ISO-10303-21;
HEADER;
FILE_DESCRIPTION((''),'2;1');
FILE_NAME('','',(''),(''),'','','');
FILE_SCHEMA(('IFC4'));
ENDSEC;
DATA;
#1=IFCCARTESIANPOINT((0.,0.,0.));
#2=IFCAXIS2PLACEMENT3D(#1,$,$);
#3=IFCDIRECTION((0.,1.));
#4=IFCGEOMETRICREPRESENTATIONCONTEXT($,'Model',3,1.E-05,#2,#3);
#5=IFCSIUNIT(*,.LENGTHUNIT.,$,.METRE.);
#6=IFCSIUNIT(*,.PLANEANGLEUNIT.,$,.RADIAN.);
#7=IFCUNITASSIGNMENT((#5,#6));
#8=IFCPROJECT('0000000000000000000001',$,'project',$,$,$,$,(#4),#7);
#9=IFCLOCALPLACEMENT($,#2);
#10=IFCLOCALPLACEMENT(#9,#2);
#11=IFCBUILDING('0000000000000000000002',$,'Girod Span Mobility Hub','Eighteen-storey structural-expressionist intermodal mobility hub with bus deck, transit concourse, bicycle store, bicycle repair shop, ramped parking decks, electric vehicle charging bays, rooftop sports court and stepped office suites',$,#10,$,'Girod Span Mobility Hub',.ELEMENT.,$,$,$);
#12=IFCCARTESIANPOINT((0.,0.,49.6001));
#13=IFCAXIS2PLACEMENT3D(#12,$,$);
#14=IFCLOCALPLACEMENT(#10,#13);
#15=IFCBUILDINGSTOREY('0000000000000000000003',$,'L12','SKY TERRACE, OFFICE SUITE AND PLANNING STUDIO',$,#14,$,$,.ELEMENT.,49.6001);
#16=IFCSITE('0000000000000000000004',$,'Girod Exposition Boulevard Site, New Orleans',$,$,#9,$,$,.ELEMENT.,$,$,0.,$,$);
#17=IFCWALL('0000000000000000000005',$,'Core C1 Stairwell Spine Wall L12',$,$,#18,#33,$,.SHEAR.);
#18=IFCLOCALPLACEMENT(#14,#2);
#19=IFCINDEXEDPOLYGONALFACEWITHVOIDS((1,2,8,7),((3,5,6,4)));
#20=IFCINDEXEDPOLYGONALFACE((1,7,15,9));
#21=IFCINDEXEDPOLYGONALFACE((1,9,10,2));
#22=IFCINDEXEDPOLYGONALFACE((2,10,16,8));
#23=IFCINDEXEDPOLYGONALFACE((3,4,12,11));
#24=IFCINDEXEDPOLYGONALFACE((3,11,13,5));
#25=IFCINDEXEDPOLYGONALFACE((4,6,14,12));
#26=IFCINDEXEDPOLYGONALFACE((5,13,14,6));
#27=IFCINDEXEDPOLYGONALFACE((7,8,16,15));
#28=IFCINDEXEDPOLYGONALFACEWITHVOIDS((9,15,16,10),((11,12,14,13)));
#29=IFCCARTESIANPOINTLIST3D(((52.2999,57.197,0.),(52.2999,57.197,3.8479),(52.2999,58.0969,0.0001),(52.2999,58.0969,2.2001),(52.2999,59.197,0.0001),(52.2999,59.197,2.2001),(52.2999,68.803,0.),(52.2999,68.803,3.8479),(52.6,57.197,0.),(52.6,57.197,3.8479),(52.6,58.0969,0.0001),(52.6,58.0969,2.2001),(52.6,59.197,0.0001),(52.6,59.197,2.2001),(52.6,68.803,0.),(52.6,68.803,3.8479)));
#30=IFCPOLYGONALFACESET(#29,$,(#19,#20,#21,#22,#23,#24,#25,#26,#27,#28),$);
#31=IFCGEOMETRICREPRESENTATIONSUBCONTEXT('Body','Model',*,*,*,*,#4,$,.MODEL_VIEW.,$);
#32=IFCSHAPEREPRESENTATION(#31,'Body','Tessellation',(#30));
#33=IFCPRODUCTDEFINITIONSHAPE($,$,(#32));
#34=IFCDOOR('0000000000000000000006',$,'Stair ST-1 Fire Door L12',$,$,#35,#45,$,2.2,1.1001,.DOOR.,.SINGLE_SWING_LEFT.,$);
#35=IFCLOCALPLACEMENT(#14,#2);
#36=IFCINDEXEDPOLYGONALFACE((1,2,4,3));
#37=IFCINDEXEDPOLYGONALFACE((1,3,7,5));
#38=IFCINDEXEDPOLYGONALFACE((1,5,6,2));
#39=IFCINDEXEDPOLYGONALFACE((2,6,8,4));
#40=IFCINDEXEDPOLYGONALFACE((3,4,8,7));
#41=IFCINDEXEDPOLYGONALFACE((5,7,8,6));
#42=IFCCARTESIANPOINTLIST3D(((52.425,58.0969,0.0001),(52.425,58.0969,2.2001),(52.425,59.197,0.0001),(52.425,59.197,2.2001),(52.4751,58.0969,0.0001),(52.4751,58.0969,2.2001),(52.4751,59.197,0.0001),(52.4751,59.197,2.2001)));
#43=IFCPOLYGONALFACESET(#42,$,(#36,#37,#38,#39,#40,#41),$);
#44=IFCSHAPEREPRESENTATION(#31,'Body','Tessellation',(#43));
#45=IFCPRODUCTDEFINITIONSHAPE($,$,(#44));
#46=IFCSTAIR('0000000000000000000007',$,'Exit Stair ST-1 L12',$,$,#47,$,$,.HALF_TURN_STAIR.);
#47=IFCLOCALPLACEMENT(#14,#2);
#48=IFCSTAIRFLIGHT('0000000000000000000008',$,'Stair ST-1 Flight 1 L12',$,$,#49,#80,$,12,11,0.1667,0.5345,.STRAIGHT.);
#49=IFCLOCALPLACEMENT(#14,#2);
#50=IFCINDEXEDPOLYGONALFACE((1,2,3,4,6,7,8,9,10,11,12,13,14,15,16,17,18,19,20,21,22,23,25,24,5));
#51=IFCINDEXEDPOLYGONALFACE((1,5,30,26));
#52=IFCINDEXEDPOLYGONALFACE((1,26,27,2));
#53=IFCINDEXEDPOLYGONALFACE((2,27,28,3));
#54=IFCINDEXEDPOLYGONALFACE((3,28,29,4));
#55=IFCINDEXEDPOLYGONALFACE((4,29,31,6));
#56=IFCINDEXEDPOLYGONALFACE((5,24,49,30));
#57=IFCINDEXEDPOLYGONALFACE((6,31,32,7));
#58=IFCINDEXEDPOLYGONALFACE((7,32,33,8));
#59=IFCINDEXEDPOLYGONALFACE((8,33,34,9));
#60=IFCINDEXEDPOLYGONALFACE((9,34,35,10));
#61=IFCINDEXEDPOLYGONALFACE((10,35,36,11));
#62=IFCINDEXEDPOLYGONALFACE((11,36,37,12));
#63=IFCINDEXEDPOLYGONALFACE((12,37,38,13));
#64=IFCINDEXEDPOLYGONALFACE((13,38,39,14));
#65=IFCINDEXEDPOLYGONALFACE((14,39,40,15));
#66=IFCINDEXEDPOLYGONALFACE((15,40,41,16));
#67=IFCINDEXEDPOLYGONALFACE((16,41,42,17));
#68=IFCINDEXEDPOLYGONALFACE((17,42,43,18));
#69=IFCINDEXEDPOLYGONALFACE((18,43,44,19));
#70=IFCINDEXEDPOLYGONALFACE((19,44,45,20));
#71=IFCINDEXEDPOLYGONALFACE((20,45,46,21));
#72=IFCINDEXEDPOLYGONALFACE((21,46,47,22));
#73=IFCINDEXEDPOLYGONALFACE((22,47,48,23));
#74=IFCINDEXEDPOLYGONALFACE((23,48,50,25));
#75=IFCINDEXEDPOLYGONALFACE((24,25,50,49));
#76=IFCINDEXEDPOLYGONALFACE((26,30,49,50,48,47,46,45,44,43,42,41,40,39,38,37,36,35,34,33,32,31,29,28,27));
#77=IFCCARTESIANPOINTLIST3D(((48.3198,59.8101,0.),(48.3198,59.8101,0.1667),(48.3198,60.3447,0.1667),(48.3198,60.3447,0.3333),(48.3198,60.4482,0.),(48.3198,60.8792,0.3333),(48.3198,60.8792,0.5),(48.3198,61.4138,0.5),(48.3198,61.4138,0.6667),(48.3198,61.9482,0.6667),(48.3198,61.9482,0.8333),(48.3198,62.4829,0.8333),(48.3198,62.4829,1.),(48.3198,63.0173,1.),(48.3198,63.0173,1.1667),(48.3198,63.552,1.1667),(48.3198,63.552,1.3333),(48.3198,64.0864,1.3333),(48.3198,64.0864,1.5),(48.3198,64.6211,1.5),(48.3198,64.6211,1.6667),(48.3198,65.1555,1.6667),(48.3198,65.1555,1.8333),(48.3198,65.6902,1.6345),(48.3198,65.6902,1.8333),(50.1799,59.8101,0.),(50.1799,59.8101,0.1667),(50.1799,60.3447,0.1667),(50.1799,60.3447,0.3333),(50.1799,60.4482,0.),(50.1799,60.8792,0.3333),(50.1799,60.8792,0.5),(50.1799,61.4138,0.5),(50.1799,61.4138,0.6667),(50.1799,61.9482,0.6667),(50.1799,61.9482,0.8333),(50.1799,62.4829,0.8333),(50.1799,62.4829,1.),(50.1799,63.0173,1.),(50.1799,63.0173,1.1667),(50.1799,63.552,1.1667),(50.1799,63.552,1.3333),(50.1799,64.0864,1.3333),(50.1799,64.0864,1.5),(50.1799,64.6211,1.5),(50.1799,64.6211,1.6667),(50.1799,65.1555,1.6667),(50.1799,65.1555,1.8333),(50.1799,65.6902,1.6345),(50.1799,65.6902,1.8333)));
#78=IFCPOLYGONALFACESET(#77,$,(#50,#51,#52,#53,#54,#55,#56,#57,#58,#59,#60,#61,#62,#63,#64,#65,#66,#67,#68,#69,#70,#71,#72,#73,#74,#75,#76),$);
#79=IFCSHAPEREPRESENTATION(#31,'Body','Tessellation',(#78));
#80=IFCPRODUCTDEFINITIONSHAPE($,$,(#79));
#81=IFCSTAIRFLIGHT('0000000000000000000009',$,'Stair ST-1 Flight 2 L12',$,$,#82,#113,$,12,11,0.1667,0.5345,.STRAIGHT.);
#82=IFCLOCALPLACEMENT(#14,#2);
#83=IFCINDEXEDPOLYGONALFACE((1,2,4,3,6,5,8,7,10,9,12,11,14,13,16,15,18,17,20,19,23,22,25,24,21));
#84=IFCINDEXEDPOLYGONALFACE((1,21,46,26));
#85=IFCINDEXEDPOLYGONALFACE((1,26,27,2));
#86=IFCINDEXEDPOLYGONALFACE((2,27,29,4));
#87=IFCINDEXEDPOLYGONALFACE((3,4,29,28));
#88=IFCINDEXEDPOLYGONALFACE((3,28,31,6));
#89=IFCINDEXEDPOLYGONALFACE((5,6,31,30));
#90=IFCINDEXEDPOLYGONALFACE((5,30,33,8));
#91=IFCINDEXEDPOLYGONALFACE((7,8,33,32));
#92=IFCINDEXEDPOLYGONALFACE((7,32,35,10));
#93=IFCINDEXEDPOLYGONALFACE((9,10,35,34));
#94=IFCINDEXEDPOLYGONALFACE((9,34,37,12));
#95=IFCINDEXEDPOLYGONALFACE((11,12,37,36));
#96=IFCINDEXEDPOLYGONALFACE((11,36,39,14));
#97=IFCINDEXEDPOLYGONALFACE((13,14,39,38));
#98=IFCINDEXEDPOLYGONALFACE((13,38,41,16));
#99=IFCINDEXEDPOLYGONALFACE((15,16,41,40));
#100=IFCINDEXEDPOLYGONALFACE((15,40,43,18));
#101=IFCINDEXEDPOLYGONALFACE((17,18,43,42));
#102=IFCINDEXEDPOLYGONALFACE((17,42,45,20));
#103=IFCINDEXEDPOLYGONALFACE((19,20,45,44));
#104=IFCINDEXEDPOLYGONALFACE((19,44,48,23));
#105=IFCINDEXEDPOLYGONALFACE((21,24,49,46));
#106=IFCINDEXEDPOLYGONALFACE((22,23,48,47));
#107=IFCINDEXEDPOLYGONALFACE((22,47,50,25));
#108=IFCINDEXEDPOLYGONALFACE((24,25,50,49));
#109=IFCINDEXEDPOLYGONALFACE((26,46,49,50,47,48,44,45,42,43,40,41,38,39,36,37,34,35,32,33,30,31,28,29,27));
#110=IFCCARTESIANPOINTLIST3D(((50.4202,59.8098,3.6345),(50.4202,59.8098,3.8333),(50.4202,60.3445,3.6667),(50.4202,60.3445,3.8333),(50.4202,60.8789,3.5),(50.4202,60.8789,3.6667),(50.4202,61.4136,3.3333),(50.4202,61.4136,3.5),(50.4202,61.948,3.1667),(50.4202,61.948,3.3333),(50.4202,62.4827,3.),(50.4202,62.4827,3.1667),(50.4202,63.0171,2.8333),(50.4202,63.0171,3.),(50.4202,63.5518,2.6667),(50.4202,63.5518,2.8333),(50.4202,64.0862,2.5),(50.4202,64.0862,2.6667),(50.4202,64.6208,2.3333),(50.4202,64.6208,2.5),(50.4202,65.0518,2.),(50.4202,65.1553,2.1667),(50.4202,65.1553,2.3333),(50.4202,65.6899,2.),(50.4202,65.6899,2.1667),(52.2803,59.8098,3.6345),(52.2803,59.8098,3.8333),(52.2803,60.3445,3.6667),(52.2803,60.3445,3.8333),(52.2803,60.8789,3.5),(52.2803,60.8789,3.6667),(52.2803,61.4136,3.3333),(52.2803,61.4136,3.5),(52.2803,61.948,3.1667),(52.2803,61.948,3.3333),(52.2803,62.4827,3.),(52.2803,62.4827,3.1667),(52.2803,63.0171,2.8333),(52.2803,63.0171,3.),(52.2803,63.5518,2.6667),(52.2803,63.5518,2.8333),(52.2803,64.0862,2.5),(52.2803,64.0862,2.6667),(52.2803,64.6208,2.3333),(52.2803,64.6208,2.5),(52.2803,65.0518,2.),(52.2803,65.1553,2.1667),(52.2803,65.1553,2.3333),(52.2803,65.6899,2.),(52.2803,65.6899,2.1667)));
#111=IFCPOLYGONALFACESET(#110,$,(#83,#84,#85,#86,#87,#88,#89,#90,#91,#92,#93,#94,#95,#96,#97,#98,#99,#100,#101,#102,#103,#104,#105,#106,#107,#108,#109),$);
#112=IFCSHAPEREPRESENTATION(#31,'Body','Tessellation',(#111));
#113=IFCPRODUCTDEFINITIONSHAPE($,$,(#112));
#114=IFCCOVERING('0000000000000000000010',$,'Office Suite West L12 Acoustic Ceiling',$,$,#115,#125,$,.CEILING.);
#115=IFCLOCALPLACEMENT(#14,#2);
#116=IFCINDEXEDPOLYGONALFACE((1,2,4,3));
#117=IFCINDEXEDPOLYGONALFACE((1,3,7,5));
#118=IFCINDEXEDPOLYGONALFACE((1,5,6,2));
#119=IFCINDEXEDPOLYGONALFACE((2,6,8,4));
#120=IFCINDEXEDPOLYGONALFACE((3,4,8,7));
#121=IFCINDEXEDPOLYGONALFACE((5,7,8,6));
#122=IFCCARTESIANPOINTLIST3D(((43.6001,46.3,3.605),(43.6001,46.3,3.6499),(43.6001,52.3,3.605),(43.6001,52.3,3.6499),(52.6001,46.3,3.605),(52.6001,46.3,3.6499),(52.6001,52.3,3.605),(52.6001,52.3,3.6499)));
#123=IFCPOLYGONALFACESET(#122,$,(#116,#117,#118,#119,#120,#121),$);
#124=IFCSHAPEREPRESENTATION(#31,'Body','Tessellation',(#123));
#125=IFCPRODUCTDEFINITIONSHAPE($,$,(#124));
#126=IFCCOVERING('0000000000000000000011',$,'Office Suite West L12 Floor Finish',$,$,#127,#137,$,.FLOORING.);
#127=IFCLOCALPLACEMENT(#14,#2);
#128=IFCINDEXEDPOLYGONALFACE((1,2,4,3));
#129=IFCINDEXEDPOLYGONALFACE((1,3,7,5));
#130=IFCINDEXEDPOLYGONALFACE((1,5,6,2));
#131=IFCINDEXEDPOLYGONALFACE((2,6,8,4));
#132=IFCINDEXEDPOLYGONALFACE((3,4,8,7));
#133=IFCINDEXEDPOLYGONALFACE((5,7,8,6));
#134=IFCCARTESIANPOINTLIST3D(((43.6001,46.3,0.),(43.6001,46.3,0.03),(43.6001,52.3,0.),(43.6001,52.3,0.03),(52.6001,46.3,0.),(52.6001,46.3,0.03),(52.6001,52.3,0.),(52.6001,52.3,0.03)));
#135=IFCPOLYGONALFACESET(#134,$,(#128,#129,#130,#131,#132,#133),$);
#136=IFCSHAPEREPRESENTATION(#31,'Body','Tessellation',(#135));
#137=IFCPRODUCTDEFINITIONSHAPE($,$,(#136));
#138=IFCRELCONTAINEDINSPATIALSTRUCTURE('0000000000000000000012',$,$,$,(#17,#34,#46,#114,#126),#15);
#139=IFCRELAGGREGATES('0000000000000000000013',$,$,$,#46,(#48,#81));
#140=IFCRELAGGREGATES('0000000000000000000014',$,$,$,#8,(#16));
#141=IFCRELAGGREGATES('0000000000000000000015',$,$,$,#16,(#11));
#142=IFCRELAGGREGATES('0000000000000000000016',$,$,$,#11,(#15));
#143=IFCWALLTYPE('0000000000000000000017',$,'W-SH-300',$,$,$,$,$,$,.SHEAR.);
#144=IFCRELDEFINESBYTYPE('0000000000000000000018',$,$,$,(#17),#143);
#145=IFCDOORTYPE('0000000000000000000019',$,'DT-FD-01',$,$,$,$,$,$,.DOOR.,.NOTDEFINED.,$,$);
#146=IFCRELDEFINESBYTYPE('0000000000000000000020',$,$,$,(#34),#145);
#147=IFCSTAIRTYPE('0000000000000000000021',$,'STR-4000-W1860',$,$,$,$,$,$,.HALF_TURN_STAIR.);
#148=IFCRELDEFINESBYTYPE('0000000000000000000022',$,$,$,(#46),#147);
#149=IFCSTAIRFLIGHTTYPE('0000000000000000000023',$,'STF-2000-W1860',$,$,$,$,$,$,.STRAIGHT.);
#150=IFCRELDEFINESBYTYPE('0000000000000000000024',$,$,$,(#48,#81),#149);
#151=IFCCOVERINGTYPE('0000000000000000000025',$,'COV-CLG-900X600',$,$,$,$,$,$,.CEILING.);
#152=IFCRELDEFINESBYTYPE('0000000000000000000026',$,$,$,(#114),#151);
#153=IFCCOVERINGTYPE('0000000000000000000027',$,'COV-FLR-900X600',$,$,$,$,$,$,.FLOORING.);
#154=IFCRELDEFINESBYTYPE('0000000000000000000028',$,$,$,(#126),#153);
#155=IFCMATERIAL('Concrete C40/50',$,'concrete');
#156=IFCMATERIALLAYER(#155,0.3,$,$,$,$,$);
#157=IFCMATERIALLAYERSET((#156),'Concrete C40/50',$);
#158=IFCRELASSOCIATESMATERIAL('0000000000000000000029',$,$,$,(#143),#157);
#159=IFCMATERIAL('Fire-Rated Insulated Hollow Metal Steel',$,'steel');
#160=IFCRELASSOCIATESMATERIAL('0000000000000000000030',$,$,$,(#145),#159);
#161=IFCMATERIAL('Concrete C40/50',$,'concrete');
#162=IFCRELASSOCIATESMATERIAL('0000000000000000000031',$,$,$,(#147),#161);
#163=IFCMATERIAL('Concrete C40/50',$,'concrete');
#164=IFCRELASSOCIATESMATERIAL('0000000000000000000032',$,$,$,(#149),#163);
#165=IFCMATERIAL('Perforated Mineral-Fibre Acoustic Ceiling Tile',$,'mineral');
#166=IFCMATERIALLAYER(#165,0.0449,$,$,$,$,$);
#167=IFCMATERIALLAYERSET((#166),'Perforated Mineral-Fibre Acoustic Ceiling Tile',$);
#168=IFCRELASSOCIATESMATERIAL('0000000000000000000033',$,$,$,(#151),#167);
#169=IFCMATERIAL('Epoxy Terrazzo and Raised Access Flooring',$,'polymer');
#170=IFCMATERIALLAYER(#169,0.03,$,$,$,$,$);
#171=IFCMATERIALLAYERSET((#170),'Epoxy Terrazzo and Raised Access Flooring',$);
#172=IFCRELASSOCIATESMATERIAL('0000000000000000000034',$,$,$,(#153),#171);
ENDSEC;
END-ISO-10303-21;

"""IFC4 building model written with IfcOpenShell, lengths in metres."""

from ifc_helpers import new_model, si_unit, direction, frame, frame_2d, origin, origin_2d, place, context, subcontext, project, spatial, polyline, rectangle, outline, extrude, material, layer, layer_set, type_object, element, fill, aggregate, save


model = new_model("IFC4")

# Units and contexts
model_context = context("Model", 3, precision=1e-05, world=origin(), true_north=direction((0.0, 1.0)))
body_context = subcontext(model_context, "Body", "Model", "MODEL_VIEW")
ifc_project = project(units=[si_unit("LENGTHUNIT", "METRE"), si_unit("PLANEANGLEUNIT", "RADIAN")], contexts=[model_context])

# Site, building, storey
site_placement = place(None, origin())
site = spatial("IfcSite", under=ifc_project, at=site_placement, Name="Girod Exposition Boulevard Site, New Orleans", CompositionType="ELEMENT", RefElevation=0.0)
building_placement = place(site_placement, origin())
building = spatial("IfcBuilding", under=site, at=building_placement, Name="Girod Span Mobility Hub", Description="Eighteen-storey structural-expressionist intermodal mobility hub with bus deck, transit concourse, bicycle store, bicycle repair shop, ramped parking decks, electric vehicle charging bays, rooftop sports court and stepped office suites", LongName="Girod Span Mobility Hub", CompositionType="ELEMENT")
storey_placement = place(building_placement, frame((0.0, 0.0, 49.6001)))
storey = spatial("IfcBuildingStorey", under=building, at=storey_placement, Name="L12", Description="SKY TERRACE, OFFICE SUITE AND PLANNING STUDIO", CompositionType="ELEMENT", Elevation=49.6001)

# Wall, opening, door
ifc_material_1 = material(Name="Concrete C40/50", Category="concrete")
ifc_layer_1 = layer(ifc_material_1, 0.3)
ifc_layer_set_1 = layer_set([ifc_layer_1], Name="Concrete C40/50")
wall_type_1 = type_object("IfcWallType", Name="W-SH-300", PredefinedType="SHEAR", material=ifc_layer_set_1)
wall_1_placement = place(storey_placement, frame((52.45, 57.197, 0.0), z_axis=(0.0, 0.0, 1.0), x_axis=(0.0, 1.0, 0.0)))
wall_1 = element("IfcWall", 1, at=wall_1_placement, inside=storey, type_object=wall_type_1, Name="Core C1 Stairwell Spine Wall L12", PredefinedType="SHEAR", context=body_context, shape_type="SweptSolid", body=[
    extrude(rectangle(XDim=11.606, YDim=0.3, at=frame_2d((5.803, 0.0))), origin(), (0.0, 0.0, 1.0), 3.8479),
])
opening_1_placement = place(wall_1_placement, frame((0.8999, 0.0, 0.0)))
opening_1 = element("IfcOpeningElement", 2, at=opening_1_placement, cuts=wall_1, PredefinedType="OPENING", context=body_context, shape_type="SweptSolid", body=[
    extrude(rectangle(XDim=1.1001, YDim=2.2, at=frame_2d((0.55, 1.1001))), frame((0.0, 0.165, 0.0), z_axis=(0.0, -1.0, 0.0), x_axis=(1.0, 0.0, 0.0)), (0.0, 0.0, 1.0), 0.3301),
])
ifc_material_2 = material(Name="Fire-Rated Insulated Hollow Metal Steel", Category="steel")
door_type_1 = type_object("IfcDoorType", Name="DT-FD-01", OperationType="NOTDEFINED", PredefinedType="DOOR", material=ifc_material_2)
door_1_placement = place(opening_1_placement, origin())
door_1 = element("IfcDoor", 3, at=door_1_placement, inside=storey, type_object=door_type_1, Name="Stair ST-1 Fire Door L12", OperationType="SINGLE_SWING_LEFT", OverallHeight=2.2, OverallWidth=1.1001, PredefinedType="DOOR", context=body_context, shape_type="SweptSolid", body=[
    extrude(rectangle(XDim=1.1001, YDim=2.2, at=frame_2d((0.55, 1.1001))), frame((0.0, 0.0249, 0.0), z_axis=(0.0, -1.0, 0.0), x_axis=(1.0, 0.0, 0.0)), (0.0, 0.0, 1.0), 0.05),
])
fill(opening_1, door_1)

# Stair, stair flights
ifc_material_3 = material(Name="Concrete C40/50", Category="concrete")
stair_type = type_object("IfcStairType", Name="STR-4000-W1860", PredefinedType="HALF_TURN_STAIR", material=ifc_material_3)
stair_placement = place(storey_placement, origin())
stair = element("IfcStair", 4, at=stair_placement, inside=storey, type_object=stair_type, Name="Exit Stair ST-1 L12", PredefinedType="HALF_TURN_STAIR")
ifc_material_4 = material(Name="Concrete C40/50", Category="concrete")
stair_flight_type = type_object("IfcStairFlightType", Name="STF-2000-W1860", PredefinedType="STRAIGHT", material=ifc_material_4)
stair_flight_1_placement = place(storey_placement, frame((49.25, 59.8101, 0.0), z_axis=(0.0, 0.0, 1.0), x_axis=(0.0, 1.0, 0.0)))
stair_flight_1 = element("IfcStairFlight", 5, at=stair_flight_1_placement, type_object=stair_flight_type, Name="Stair ST-1 Flight 1 L12", NumberOfRisers=12, NumberOfTreads=11, PredefinedType="STRAIGHT", RiserHeight=0.1667, TreadLength=0.5345, context=body_context, shape_type="SweptSolid", body=[
    extrude(outline(polyline([(0.0, 0.0), (0.0, 0.1667), (0.5347, 0.1667), (0.5347, 0.3333), (1.0691, 0.3333), (1.0691, 0.5), (1.6038, 0.5), (1.6038, 0.6667), (2.1382, 0.6667), (2.1382, 0.8333), (2.6729, 0.8333), (2.6729, 1.0), (3.2073, 1.0), (3.2073, 1.1667), (3.7419, 1.1667), (3.7419, 1.3333), (4.2764, 1.3333), (4.2764, 1.5), (4.811, 1.5), (4.811, 1.6667), (5.3455, 1.6667), (5.3455, 1.8333), (5.8801, 1.8333), (5.8801, 2.0), (5.8801, 1.6345), (0.6382, 0.0), (0.0, 0.0)])), frame((0.0, 0.9302, 0.0), z_axis=(0.0, -1.0, 0.0), x_axis=(1.0, 0.0, 0.0)), (0.0, 0.0, 1.0), 1.8601),
])
stair_flight_2_placement = place(storey_placement, frame((51.3501, 65.6899, 2.0), z_axis=(0.0, 0.0, 1.0), x_axis=(0.0, -1.0, 0.0)))
stair_flight_2 = element("IfcStairFlight", 6, at=stair_flight_2_placement, type_object=stair_flight_type, Name="Stair ST-1 Flight 2 L12", NumberOfRisers=12, NumberOfTreads=11, PredefinedType="STRAIGHT", RiserHeight=0.1667, TreadLength=0.5345, context=body_context, shape_type="SweptSolid", body=[
    extrude(outline(polyline([(0.0, 0.0), (0.0, 0.1667), (0.5347, 0.1667), (0.5347, 0.3333), (1.0691, 0.3333), (1.0691, 0.5), (1.6038, 0.5), (1.6038, 0.6667), (2.1382, 0.6667), (2.1382, 0.8333), (2.6729, 0.8333), (2.6729, 1.0), (3.2073, 1.0), (3.2073, 1.1667), (3.7419, 1.1667), (3.7419, 1.3333), (4.2764, 1.3333), (4.2764, 1.5), (4.811, 1.5), (4.811, 1.6667), (5.3455, 1.6667), (5.3455, 1.8333), (5.8801, 1.8333), (5.8801, 2.0), (5.8801, 1.6345), (0.6382, 0.0), (0.0, 0.0)])), frame((0.0, 0.9302, 0.0), z_axis=(0.0, -1.0, 0.0), x_axis=(1.0, 0.0, 0.0)), (0.0, 0.0, 1.0), 1.8601),
])
aggregate(stair, [stair_flight_1, stair_flight_2])

# Coverings
ifc_material_5 = material(Name="Perforated Mineral-Fibre Acoustic Ceiling Tile", Category="mineral")
ifc_layer_2 = layer(ifc_material_5, 0.0449)
ifc_layer_set_2 = layer_set([ifc_layer_2], Name="Perforated Mineral-Fibre Acoustic Ceiling Tile")
covering_type_1 = type_object("IfcCoveringType", Name="COV-CLG-900X600", PredefinedType="CEILING", material=ifc_layer_set_2)
covering_1_placement = place(storey_placement, frame((48.1001, 49.3, 3.605), z_axis=(0.0, 0.0, 1.0), x_axis=(1.0, 0.0, 0.0)))
element("IfcCovering", 7, at=covering_1_placement, inside=storey, type_object=covering_type_1, Name="Office Suite West L12 Acoustic Ceiling", PredefinedType="CEILING", context=body_context, shape_type="SweptSolid", body=[
    extrude(rectangle(XDim=9.0, YDim=6.0, at=origin_2d()), origin(), (0.0, 0.0, 1.0), 0.0449),
])
ifc_material_6 = material(Name="Epoxy Terrazzo and Raised Access Flooring", Category="polymer")
ifc_layer_3 = layer(ifc_material_6, 0.03)
ifc_layer_set_3 = layer_set([ifc_layer_3], Name="Epoxy Terrazzo and Raised Access Flooring")
covering_type_2 = type_object("IfcCoveringType", Name="COV-FLR-900X600", PredefinedType="FLOORING", material=ifc_layer_set_3)
covering_2_placement = place(storey_placement, frame((48.1001, 49.3, 0.0), z_axis=(0.0, 0.0, 1.0), x_axis=(1.0, 0.0, 0.0)))
element("IfcCovering", 8, at=covering_2_placement, inside=storey, type_object=covering_type_2, Name="Office Suite West L12 Floor Finish", PredefinedType="FLOORING", context=body_context, shape_type="SweptSolid", body=[
    extrude(rectangle(XDim=9.0, YDim=6.0, at=origin_2d()), origin(), (0.0, 0.0, 1.0), 0.03),
])

save(model, "model.ifc")
